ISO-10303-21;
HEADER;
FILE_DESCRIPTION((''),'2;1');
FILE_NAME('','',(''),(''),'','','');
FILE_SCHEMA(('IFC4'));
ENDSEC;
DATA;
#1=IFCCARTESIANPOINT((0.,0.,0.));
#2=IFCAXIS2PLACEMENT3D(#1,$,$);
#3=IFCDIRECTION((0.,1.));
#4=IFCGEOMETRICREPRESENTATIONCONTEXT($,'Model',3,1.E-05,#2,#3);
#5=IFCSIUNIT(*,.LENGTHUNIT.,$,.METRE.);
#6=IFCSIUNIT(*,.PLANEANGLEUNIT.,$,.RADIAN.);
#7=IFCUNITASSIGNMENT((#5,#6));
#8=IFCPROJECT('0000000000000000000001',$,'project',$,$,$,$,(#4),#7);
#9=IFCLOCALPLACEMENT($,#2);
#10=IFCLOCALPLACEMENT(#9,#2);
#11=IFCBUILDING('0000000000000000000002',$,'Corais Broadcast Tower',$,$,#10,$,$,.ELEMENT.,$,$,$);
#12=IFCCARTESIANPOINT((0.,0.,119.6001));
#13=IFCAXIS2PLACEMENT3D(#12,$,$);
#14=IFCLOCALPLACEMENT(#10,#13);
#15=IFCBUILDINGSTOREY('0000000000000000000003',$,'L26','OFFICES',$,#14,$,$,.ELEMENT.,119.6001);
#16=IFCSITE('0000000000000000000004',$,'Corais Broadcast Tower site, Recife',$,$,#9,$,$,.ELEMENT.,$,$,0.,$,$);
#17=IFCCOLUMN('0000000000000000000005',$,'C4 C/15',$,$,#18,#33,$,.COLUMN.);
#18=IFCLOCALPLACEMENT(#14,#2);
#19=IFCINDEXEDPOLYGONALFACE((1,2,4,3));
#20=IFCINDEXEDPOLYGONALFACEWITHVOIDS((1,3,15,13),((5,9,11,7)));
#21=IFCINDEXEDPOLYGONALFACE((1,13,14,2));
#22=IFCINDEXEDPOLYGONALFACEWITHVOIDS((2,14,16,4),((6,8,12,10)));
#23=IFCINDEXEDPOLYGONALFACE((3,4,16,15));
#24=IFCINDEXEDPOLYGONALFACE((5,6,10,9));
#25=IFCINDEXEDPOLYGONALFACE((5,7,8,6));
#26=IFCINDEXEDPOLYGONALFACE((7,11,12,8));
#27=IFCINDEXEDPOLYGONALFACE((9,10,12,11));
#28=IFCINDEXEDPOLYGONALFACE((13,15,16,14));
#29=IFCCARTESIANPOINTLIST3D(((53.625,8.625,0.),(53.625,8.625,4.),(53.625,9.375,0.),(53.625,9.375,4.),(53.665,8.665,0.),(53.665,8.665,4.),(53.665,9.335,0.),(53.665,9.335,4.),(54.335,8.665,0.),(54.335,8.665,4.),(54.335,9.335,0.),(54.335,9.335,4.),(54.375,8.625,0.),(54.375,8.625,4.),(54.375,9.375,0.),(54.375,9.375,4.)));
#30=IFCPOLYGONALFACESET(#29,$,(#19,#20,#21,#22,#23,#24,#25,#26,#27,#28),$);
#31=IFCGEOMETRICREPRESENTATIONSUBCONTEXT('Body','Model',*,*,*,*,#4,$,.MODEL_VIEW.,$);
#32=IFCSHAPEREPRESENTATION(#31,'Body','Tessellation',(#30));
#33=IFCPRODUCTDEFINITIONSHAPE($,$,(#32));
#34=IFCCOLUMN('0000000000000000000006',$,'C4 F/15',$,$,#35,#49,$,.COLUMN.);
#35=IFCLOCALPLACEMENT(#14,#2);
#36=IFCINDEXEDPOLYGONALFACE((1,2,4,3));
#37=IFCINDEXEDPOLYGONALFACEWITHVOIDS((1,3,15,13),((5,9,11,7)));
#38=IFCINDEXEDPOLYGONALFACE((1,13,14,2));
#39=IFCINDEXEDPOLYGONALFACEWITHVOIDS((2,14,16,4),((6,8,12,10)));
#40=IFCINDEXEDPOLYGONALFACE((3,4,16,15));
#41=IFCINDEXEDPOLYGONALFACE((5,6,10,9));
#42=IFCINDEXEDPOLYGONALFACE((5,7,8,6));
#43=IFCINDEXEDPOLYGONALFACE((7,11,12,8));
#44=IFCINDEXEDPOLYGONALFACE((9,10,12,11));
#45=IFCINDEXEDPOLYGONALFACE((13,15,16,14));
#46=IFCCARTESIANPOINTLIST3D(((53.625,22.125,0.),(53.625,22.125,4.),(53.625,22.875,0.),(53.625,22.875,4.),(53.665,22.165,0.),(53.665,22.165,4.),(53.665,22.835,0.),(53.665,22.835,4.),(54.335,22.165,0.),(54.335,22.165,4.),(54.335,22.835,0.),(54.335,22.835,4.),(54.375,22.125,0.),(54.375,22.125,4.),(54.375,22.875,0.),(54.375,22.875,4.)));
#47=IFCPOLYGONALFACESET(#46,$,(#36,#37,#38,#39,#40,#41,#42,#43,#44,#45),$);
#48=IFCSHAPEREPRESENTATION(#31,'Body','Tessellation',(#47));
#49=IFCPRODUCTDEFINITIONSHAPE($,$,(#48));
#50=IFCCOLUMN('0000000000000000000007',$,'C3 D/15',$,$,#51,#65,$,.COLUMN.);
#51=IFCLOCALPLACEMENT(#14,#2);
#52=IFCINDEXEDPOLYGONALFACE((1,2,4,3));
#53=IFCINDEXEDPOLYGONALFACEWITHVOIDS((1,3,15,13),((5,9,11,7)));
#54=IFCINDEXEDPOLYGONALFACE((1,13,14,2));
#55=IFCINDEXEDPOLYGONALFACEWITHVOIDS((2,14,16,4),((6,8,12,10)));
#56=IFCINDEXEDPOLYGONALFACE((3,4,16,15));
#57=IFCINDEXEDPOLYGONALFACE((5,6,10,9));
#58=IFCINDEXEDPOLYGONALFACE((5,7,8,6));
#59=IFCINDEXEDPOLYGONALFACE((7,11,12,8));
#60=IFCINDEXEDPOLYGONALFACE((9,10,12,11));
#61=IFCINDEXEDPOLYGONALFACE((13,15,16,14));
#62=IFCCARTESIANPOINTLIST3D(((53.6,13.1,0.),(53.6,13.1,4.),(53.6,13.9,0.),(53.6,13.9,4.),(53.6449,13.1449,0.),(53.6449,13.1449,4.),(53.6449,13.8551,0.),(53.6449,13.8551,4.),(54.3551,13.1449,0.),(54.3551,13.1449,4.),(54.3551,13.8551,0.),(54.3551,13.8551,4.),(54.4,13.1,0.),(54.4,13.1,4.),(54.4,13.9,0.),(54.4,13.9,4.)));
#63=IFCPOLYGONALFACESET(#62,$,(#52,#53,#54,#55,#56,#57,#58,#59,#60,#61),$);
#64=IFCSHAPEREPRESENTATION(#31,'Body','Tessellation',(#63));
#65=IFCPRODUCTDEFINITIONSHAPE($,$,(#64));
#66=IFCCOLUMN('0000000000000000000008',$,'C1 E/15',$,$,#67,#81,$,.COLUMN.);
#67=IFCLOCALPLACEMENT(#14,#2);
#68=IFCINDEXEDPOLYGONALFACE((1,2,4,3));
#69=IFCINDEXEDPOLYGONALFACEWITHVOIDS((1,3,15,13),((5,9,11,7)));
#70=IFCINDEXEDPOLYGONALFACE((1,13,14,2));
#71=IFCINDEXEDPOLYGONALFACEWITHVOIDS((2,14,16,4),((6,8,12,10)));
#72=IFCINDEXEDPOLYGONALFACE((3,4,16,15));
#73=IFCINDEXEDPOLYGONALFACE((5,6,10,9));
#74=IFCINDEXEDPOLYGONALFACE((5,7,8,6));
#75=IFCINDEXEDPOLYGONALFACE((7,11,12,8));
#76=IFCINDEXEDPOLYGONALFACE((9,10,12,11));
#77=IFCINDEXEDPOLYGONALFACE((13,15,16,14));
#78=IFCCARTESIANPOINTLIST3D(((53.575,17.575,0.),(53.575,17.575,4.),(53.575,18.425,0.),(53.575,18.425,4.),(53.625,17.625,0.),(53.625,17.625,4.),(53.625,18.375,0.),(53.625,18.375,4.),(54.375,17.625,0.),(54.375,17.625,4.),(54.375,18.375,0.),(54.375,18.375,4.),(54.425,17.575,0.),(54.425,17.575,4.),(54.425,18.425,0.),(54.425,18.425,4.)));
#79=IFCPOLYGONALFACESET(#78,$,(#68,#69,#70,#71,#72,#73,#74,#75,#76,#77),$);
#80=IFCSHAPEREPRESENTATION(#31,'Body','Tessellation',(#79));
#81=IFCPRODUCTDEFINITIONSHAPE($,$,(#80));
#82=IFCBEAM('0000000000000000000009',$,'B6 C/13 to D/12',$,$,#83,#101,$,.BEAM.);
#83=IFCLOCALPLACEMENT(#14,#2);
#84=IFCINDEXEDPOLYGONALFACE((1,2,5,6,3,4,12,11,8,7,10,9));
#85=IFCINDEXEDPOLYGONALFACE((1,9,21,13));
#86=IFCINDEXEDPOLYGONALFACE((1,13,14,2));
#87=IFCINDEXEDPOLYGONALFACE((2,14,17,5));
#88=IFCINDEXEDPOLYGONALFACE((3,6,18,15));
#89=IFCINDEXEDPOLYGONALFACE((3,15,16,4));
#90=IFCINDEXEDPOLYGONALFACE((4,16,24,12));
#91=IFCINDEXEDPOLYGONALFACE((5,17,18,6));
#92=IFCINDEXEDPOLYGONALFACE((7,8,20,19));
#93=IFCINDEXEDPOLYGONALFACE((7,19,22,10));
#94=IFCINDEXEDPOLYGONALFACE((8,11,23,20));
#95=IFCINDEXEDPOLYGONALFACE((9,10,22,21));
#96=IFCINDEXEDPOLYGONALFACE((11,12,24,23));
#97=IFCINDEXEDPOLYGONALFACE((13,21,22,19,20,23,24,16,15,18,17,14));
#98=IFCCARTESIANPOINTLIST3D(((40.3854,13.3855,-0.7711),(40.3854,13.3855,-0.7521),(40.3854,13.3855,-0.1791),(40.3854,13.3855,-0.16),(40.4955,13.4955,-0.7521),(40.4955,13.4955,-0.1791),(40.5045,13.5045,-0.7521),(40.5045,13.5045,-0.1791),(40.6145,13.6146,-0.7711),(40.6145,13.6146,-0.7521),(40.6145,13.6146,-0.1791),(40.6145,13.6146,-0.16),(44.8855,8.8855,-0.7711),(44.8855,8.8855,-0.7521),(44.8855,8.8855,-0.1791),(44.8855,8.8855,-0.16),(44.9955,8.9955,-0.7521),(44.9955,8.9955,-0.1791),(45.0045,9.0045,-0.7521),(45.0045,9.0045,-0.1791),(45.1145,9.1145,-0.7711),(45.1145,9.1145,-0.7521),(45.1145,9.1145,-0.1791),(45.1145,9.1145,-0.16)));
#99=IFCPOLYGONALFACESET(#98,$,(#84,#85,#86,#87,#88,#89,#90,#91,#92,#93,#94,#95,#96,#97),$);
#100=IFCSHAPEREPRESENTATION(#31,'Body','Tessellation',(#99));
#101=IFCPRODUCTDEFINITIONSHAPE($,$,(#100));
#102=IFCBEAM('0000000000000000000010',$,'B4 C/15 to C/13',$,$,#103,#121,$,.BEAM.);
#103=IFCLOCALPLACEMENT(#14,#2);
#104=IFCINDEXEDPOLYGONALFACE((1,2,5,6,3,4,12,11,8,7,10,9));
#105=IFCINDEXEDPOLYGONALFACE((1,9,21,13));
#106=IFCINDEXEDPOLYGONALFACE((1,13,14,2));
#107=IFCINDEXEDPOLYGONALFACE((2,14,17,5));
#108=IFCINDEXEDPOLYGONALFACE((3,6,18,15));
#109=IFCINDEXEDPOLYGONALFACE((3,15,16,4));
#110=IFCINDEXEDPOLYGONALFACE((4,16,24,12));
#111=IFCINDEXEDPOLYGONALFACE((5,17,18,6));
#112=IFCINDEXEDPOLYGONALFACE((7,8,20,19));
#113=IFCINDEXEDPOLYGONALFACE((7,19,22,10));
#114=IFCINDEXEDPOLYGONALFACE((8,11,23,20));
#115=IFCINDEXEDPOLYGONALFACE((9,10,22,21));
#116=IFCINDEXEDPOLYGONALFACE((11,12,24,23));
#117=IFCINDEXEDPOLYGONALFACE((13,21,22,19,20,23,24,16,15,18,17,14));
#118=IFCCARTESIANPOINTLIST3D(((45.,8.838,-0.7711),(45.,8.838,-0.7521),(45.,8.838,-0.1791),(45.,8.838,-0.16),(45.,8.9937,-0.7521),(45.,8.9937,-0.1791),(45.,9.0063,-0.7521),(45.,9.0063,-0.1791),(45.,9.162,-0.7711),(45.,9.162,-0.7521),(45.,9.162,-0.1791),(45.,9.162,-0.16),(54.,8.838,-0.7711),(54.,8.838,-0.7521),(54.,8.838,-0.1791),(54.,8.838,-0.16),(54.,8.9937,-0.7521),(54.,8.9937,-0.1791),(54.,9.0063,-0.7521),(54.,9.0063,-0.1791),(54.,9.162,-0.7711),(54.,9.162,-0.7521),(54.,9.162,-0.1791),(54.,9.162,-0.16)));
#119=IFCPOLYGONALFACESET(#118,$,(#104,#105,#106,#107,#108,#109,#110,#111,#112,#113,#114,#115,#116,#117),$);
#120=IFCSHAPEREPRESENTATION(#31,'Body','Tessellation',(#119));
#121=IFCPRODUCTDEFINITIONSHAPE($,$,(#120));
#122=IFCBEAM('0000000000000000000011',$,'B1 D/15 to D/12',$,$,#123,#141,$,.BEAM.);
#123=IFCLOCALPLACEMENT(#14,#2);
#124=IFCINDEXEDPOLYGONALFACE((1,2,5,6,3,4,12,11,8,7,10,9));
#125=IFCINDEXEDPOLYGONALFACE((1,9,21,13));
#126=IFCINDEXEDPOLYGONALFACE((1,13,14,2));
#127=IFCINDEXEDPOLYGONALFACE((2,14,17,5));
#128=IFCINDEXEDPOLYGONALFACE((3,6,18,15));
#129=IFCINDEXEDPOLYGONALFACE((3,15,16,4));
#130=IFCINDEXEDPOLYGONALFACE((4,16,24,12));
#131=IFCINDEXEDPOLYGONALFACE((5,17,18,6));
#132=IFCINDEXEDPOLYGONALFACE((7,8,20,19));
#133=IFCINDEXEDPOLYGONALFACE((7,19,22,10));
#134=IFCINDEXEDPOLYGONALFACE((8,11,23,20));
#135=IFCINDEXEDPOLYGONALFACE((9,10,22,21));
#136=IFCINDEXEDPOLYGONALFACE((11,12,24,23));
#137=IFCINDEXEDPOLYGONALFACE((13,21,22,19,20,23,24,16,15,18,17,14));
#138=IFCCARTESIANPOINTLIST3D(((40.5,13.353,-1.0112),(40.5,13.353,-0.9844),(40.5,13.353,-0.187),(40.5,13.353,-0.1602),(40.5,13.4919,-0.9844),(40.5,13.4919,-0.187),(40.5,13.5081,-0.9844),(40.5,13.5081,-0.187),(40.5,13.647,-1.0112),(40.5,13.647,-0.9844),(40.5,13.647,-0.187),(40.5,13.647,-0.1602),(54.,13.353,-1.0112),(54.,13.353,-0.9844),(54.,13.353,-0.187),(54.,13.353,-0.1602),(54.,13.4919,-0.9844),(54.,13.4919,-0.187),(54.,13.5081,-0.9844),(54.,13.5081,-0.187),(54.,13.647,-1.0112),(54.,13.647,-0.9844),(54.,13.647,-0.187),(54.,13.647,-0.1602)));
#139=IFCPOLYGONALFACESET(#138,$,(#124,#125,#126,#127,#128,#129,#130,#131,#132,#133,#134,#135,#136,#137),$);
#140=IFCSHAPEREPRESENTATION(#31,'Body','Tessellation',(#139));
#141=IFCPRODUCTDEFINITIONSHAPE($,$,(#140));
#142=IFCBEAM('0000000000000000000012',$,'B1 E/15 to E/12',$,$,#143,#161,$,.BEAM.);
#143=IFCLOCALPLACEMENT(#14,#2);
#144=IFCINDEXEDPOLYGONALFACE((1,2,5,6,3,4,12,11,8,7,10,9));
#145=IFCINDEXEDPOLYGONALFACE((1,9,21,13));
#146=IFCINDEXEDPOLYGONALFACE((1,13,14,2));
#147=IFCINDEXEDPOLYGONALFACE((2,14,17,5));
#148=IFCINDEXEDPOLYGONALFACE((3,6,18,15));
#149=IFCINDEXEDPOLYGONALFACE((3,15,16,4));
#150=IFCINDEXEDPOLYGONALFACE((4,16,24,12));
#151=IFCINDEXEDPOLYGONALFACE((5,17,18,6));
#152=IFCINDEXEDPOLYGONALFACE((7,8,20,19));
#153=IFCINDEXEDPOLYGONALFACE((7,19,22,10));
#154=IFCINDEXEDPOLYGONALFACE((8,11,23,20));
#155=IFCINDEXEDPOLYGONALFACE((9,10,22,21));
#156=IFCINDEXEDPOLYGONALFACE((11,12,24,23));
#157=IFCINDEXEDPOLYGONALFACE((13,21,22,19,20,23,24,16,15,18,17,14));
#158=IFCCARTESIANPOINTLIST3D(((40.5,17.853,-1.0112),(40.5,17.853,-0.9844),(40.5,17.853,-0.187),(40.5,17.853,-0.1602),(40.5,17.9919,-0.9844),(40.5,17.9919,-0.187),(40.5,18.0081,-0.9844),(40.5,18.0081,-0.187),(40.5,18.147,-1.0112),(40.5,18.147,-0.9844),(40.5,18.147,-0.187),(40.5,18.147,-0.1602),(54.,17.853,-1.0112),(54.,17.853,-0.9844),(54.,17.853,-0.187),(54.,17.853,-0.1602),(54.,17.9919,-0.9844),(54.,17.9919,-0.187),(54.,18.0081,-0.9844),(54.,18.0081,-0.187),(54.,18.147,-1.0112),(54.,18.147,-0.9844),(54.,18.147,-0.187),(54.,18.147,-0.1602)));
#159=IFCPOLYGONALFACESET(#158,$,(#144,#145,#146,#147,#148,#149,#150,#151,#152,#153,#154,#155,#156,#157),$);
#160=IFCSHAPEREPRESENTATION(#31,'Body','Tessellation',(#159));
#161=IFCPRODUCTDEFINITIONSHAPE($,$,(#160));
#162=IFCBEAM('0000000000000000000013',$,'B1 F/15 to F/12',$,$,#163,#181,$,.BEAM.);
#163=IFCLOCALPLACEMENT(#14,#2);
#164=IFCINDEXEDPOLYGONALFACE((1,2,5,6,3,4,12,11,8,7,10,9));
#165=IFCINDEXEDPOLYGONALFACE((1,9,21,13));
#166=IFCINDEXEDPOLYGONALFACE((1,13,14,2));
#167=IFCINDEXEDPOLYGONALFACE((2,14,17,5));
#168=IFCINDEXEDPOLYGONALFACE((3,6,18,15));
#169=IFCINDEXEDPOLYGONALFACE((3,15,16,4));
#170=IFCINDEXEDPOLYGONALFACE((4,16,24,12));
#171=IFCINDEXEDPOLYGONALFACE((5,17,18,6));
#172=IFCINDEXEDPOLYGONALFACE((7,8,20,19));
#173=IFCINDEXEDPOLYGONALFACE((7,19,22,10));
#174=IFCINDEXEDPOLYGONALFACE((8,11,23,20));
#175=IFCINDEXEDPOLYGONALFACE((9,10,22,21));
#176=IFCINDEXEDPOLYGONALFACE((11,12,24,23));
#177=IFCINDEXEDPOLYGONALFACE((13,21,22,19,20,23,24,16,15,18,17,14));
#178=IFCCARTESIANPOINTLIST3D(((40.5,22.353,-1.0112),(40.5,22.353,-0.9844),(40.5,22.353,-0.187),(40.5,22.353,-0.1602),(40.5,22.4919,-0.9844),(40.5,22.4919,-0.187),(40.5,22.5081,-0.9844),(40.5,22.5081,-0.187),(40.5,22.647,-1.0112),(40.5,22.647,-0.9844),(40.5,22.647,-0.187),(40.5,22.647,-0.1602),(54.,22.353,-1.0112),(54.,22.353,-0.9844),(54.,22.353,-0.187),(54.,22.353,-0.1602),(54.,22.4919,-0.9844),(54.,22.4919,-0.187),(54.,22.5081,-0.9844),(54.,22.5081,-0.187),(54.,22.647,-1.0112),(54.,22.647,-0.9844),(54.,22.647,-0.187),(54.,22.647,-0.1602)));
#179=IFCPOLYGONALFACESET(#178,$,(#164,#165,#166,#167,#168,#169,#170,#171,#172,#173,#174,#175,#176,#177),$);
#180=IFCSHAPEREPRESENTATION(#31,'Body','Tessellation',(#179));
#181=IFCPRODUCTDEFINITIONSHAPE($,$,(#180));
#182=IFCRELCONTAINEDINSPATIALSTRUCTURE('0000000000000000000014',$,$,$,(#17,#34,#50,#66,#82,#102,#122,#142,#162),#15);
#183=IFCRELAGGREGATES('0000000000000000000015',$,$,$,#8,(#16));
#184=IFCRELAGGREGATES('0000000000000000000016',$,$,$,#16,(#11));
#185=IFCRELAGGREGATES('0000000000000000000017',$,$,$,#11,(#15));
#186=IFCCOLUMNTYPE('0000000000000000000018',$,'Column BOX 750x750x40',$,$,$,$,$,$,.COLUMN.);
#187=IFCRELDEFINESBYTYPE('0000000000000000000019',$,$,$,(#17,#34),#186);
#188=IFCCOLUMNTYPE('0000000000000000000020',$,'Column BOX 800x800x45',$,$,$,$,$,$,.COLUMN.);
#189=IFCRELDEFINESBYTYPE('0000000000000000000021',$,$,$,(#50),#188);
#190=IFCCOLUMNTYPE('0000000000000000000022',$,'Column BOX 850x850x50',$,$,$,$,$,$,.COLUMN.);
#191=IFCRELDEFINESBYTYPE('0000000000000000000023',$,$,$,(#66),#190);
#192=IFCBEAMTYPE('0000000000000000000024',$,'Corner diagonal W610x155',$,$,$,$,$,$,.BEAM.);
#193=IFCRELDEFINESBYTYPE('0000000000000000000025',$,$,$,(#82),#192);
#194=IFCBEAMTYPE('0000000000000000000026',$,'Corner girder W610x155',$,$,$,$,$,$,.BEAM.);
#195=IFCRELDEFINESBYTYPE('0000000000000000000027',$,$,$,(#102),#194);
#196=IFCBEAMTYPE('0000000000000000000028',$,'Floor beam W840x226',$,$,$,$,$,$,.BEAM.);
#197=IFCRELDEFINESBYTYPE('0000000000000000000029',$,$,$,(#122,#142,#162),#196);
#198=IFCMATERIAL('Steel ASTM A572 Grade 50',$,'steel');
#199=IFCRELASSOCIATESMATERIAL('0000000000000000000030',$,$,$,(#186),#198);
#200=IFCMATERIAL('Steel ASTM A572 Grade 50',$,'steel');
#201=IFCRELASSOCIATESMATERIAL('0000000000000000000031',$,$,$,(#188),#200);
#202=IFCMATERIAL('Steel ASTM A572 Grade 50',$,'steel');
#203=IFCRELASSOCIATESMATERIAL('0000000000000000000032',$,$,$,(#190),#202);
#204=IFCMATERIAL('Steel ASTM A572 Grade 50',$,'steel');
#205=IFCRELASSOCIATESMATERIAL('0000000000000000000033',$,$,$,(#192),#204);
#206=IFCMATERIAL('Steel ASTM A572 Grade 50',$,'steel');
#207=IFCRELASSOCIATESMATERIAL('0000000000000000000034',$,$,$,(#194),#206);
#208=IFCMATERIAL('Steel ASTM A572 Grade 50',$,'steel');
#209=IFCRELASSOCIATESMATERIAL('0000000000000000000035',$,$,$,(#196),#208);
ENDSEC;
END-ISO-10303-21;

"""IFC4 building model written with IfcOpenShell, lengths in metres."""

from ifc_helpers import new_model, si_unit, direction, frame, origin, origin_2d, place, context, subcontext, project, spatial, hollow_rectangle, i_section, extrude, material, material_profile, profile_set, type_object, element, save


model = new_model("IFC4")

# Units and contexts
model_context = context("Model", 3, precision=1e-05, world=origin(), true_north=direction((0.0, 1.0)))
body_context = subcontext(model_context, "Body", "Model", "MODEL_VIEW")
ifc_project = project(units=[si_unit("LENGTHUNIT", "METRE"), si_unit("PLANEANGLEUNIT", "RADIAN")], contexts=[model_context])

# Site, building, storey
site_placement = place(None, origin())
site = spatial("IfcSite", under=ifc_project, at=site_placement, Name="Corais Broadcast Tower site, Recife", CompositionType="ELEMENT", RefElevation=0.0)
building_placement = place(site_placement, origin())
building = spatial("IfcBuilding", under=site, at=building_placement, Name="Corais Broadcast Tower", CompositionType="ELEMENT")
storey_placement = place(building_placement, frame((0.0, 0.0, 119.6001)))
storey = spatial("IfcBuildingStorey", under=building, at=storey_placement, Name="L26", Description="OFFICES", CompositionType="ELEMENT", Elevation=119.6001)

# Columns
ifc_material_1 = material(Name="Steel ASTM A572 Grade 50", Category="steel")
ifc_material_profile_1 = material_profile(ifc_material_1, hollow_rectangle(XDim=0.75, YDim=0.75, WallThickness=0.04, at=origin_2d()), Name="BOX 750x750x40")
ifc_profile_set_1 = profile_set([ifc_material_profile_1], Name="Steel ASTM A572 Grade 50")
column_type_1 = type_object("IfcColumnType", Name="Column BOX 750x750x40", PredefinedType="COLUMN", material=ifc_profile_set_1)
for number, where, z_axis, x_axis, name in (
    (1, (54.0, 9.0, 0.0), (0.0, 0.0, 1.0), (1.0, 0.0, 0.0), "C4 C/15"),
    (2, (54.0, 22.5, 0.0), (0.0, 0.0, 1.0), (1.0, 0.0, 0.0), "C4 F/15"),
):
    element("IfcColumn", number, at=place(storey_placement, frame(where, z_axis=z_axis, x_axis=x_axis)), inside=storey, type_object=column_type_1, Name=name, PredefinedType="COLUMN", context=body_context, shape_type="SweptSolid", body=[
        extrude(hollow_rectangle(XDim=0.75, YDim=0.75, WallThickness=0.04, at=origin_2d()), origin(), (0.0, 0.0, 1.0), 4.0),
    ])
ifc_material_2 = material(Name="Steel ASTM A572 Grade 50", Category="steel")
ifc_material_profile_2 = material_profile(ifc_material_2, hollow_rectangle(XDim=0.8, YDim=0.8, WallThickness=0.0449, at=origin_2d()), Name="BOX 800x800x45")
ifc_profile_set_2 = profile_set([ifc_material_profile_2], Name="Steel ASTM A572 Grade 50")
column_type_2 = type_object("IfcColumnType", Name="Column BOX 800x800x45", PredefinedType="COLUMN", material=ifc_profile_set_2)
column_1_placement = place(storey_placement, frame((54.0, 13.5, 0.0), z_axis=(0.0, 0.0, 1.0), x_axis=(1.0, 0.0, 0.0)))
element("IfcColumn", 3, at=column_1_placement, inside=storey, type_object=column_type_2, Name="C3 D/15", PredefinedType="COLUMN", context=body_context, shape_type="SweptSolid", body=[
    extrude(hollow_rectangle(XDim=0.8, YDim=0.8, WallThickness=0.0449, at=origin_2d()), origin(), (0.0, 0.0, 1.0), 4.0),
])
ifc_material_3 = material(Name="Steel ASTM A572 Grade 50", Category="steel")
ifc_material_profile_3 = material_profile(ifc_material_3, hollow_rectangle(XDim=0.8501, YDim=0.8501, WallThickness=0.05, at=origin_2d()), Name="BOX 850x850x50")
ifc_profile_set_3 = profile_set([ifc_material_profile_3], Name="Steel ASTM A572 Grade 50")
column_type_3 = type_object("IfcColumnType", Name="Column BOX 850x850x50", PredefinedType="COLUMN", material=ifc_profile_set_3)
column_2_placement = place(storey_placement, frame((54.0, 18.0, 0.0), z_axis=(0.0, 0.0, 1.0), x_axis=(1.0, 0.0, 0.0)))
element("IfcColumn", 4, at=column_2_placement, inside=storey, type_object=column_type_3, Name="C1 E/15", PredefinedType="COLUMN", context=body_context, shape_type="SweptSolid", body=[
    extrude(hollow_rectangle(XDim=0.8501, YDim=0.8501, WallThickness=0.05, at=origin_2d()), origin(), (0.0, 0.0, 1.0), 4.0),
])

# Beams
ifc_material_4 = material(Name="Steel ASTM A572 Grade 50", Category="steel")
ifc_material_profile_4 = material_profile(ifc_material_4, i_section(OverallWidth=0.324, OverallDepth=0.6111, WebThickness=0.0127, FlangeThickness=0.019, at=origin_2d()), Name="W610x155")
ifc_profile_set_4 = profile_set([ifc_material_profile_4], Name="Steel ASTM A572 Grade 50")
beam_type_1 = type_object("IfcBeamType", Name="Corner diagonal W610x155", PredefinedType="BEAM", material=ifc_profile_set_4)
beam_1_placement = place(storey_placement, frame((45.0, 9.0, -0.4656), z_axis=(-0.707107, 0.707107, 0.0), x_axis=(-0.707107, -0.707107, 0.0)))
element("IfcBeam", 5, at=beam_1_placement, inside=storey, type_object=beam_type_1, Name="B6 C/13 to D/12", PredefinedType="BEAM", context=body_context, shape_type="SweptSolid", body=[
    extrude(i_section(OverallWidth=0.324, OverallDepth=0.6111, WebThickness=0.0127, FlangeThickness=0.019, at=origin_2d()), origin(), (0.0, 0.0, 1.0), 6.364),
])
ifc_material_5 = material(Name="Steel ASTM A572 Grade 50", Category="steel")
ifc_material_profile_5 = material_profile(ifc_material_5, i_section(OverallWidth=0.324, OverallDepth=0.6111, WebThickness=0.0127, FlangeThickness=0.019, at=origin_2d()), Name="W610x155")
ifc_profile_set_5 = profile_set([ifc_material_profile_5], Name="Steel ASTM A572 Grade 50")
beam_type_2 = type_object("IfcBeamType", Name="Corner girder W610x155", PredefinedType="BEAM", material=ifc_profile_set_5)
beam_2_placement = place(storey_placement, frame((54.0, 9.0, -0.4656), z_axis=(-1.0, 0.0, 0.0), x_axis=(0.0, -1.0, 0.0)))
element("IfcBeam", 6, at=beam_2_placement, inside=storey, type_object=beam_type_2, Name="B4 C/15 to C/13", PredefinedType="BEAM", context=body_context, shape_type="SweptSolid", body=[
    extrude(i_section(OverallWidth=0.324, OverallDepth=0.6111, WebThickness=0.0127, FlangeThickness=0.019, at=origin_2d()), origin(), (0.0, 0.0, 1.0), 9.0),
])
ifc_material_6 = material(Name="Steel ASTM A572 Grade 50", Category="steel")
ifc_material_profile_6 = material_profile(ifc_material_6, i_section(OverallWidth=0.2939, OverallDepth=0.8511, WebThickness=0.0161, FlangeThickness=0.0269, at=origin_2d()), Name="W840x226")
ifc_profile_set_6 = profile_set([ifc_material_profile_6], Name="Steel ASTM A572 Grade 50")
beam_type_3 = type_object("IfcBeamType", Name="Floor beam W840x226", PredefinedType="BEAM", material=ifc_profile_set_6)
for number, where, z_axis, x_axis, name in (
    (7, (54.0, 13.5, -0.5857), (-1.0, 0.0, 0.0), (0.0, -1.0, 0.0), "B1 D/15 to D/12"),
    (8, (54.0, 18.0, -0.5857), (-1.0, 0.0, 0.0), (0.0, -1.0, 0.0), "B1 E/15 to E/12"),
    (9, (54.0, 22.5, -0.5857), (-1.0, 0.0, 0.0), (0.0, -1.0, 0.0), "B1 F/15 to F/12"),
):
    element("IfcBeam", number, at=place(storey_placement, frame(where, z_axis=z_axis, x_axis=x_axis)), inside=storey, type_object=beam_type_3, Name=name, PredefinedType="BEAM", context=body_context, shape_type="SweptSolid", body=[
        extrude(i_section(OverallWidth=0.2939, OverallDepth=0.8511, WebThickness=0.0161, FlangeThickness=0.0269, at=origin_2d()), origin(), (0.0, 0.0, 1.0), 13.5),
    ])

save(model, "model.ifc")
